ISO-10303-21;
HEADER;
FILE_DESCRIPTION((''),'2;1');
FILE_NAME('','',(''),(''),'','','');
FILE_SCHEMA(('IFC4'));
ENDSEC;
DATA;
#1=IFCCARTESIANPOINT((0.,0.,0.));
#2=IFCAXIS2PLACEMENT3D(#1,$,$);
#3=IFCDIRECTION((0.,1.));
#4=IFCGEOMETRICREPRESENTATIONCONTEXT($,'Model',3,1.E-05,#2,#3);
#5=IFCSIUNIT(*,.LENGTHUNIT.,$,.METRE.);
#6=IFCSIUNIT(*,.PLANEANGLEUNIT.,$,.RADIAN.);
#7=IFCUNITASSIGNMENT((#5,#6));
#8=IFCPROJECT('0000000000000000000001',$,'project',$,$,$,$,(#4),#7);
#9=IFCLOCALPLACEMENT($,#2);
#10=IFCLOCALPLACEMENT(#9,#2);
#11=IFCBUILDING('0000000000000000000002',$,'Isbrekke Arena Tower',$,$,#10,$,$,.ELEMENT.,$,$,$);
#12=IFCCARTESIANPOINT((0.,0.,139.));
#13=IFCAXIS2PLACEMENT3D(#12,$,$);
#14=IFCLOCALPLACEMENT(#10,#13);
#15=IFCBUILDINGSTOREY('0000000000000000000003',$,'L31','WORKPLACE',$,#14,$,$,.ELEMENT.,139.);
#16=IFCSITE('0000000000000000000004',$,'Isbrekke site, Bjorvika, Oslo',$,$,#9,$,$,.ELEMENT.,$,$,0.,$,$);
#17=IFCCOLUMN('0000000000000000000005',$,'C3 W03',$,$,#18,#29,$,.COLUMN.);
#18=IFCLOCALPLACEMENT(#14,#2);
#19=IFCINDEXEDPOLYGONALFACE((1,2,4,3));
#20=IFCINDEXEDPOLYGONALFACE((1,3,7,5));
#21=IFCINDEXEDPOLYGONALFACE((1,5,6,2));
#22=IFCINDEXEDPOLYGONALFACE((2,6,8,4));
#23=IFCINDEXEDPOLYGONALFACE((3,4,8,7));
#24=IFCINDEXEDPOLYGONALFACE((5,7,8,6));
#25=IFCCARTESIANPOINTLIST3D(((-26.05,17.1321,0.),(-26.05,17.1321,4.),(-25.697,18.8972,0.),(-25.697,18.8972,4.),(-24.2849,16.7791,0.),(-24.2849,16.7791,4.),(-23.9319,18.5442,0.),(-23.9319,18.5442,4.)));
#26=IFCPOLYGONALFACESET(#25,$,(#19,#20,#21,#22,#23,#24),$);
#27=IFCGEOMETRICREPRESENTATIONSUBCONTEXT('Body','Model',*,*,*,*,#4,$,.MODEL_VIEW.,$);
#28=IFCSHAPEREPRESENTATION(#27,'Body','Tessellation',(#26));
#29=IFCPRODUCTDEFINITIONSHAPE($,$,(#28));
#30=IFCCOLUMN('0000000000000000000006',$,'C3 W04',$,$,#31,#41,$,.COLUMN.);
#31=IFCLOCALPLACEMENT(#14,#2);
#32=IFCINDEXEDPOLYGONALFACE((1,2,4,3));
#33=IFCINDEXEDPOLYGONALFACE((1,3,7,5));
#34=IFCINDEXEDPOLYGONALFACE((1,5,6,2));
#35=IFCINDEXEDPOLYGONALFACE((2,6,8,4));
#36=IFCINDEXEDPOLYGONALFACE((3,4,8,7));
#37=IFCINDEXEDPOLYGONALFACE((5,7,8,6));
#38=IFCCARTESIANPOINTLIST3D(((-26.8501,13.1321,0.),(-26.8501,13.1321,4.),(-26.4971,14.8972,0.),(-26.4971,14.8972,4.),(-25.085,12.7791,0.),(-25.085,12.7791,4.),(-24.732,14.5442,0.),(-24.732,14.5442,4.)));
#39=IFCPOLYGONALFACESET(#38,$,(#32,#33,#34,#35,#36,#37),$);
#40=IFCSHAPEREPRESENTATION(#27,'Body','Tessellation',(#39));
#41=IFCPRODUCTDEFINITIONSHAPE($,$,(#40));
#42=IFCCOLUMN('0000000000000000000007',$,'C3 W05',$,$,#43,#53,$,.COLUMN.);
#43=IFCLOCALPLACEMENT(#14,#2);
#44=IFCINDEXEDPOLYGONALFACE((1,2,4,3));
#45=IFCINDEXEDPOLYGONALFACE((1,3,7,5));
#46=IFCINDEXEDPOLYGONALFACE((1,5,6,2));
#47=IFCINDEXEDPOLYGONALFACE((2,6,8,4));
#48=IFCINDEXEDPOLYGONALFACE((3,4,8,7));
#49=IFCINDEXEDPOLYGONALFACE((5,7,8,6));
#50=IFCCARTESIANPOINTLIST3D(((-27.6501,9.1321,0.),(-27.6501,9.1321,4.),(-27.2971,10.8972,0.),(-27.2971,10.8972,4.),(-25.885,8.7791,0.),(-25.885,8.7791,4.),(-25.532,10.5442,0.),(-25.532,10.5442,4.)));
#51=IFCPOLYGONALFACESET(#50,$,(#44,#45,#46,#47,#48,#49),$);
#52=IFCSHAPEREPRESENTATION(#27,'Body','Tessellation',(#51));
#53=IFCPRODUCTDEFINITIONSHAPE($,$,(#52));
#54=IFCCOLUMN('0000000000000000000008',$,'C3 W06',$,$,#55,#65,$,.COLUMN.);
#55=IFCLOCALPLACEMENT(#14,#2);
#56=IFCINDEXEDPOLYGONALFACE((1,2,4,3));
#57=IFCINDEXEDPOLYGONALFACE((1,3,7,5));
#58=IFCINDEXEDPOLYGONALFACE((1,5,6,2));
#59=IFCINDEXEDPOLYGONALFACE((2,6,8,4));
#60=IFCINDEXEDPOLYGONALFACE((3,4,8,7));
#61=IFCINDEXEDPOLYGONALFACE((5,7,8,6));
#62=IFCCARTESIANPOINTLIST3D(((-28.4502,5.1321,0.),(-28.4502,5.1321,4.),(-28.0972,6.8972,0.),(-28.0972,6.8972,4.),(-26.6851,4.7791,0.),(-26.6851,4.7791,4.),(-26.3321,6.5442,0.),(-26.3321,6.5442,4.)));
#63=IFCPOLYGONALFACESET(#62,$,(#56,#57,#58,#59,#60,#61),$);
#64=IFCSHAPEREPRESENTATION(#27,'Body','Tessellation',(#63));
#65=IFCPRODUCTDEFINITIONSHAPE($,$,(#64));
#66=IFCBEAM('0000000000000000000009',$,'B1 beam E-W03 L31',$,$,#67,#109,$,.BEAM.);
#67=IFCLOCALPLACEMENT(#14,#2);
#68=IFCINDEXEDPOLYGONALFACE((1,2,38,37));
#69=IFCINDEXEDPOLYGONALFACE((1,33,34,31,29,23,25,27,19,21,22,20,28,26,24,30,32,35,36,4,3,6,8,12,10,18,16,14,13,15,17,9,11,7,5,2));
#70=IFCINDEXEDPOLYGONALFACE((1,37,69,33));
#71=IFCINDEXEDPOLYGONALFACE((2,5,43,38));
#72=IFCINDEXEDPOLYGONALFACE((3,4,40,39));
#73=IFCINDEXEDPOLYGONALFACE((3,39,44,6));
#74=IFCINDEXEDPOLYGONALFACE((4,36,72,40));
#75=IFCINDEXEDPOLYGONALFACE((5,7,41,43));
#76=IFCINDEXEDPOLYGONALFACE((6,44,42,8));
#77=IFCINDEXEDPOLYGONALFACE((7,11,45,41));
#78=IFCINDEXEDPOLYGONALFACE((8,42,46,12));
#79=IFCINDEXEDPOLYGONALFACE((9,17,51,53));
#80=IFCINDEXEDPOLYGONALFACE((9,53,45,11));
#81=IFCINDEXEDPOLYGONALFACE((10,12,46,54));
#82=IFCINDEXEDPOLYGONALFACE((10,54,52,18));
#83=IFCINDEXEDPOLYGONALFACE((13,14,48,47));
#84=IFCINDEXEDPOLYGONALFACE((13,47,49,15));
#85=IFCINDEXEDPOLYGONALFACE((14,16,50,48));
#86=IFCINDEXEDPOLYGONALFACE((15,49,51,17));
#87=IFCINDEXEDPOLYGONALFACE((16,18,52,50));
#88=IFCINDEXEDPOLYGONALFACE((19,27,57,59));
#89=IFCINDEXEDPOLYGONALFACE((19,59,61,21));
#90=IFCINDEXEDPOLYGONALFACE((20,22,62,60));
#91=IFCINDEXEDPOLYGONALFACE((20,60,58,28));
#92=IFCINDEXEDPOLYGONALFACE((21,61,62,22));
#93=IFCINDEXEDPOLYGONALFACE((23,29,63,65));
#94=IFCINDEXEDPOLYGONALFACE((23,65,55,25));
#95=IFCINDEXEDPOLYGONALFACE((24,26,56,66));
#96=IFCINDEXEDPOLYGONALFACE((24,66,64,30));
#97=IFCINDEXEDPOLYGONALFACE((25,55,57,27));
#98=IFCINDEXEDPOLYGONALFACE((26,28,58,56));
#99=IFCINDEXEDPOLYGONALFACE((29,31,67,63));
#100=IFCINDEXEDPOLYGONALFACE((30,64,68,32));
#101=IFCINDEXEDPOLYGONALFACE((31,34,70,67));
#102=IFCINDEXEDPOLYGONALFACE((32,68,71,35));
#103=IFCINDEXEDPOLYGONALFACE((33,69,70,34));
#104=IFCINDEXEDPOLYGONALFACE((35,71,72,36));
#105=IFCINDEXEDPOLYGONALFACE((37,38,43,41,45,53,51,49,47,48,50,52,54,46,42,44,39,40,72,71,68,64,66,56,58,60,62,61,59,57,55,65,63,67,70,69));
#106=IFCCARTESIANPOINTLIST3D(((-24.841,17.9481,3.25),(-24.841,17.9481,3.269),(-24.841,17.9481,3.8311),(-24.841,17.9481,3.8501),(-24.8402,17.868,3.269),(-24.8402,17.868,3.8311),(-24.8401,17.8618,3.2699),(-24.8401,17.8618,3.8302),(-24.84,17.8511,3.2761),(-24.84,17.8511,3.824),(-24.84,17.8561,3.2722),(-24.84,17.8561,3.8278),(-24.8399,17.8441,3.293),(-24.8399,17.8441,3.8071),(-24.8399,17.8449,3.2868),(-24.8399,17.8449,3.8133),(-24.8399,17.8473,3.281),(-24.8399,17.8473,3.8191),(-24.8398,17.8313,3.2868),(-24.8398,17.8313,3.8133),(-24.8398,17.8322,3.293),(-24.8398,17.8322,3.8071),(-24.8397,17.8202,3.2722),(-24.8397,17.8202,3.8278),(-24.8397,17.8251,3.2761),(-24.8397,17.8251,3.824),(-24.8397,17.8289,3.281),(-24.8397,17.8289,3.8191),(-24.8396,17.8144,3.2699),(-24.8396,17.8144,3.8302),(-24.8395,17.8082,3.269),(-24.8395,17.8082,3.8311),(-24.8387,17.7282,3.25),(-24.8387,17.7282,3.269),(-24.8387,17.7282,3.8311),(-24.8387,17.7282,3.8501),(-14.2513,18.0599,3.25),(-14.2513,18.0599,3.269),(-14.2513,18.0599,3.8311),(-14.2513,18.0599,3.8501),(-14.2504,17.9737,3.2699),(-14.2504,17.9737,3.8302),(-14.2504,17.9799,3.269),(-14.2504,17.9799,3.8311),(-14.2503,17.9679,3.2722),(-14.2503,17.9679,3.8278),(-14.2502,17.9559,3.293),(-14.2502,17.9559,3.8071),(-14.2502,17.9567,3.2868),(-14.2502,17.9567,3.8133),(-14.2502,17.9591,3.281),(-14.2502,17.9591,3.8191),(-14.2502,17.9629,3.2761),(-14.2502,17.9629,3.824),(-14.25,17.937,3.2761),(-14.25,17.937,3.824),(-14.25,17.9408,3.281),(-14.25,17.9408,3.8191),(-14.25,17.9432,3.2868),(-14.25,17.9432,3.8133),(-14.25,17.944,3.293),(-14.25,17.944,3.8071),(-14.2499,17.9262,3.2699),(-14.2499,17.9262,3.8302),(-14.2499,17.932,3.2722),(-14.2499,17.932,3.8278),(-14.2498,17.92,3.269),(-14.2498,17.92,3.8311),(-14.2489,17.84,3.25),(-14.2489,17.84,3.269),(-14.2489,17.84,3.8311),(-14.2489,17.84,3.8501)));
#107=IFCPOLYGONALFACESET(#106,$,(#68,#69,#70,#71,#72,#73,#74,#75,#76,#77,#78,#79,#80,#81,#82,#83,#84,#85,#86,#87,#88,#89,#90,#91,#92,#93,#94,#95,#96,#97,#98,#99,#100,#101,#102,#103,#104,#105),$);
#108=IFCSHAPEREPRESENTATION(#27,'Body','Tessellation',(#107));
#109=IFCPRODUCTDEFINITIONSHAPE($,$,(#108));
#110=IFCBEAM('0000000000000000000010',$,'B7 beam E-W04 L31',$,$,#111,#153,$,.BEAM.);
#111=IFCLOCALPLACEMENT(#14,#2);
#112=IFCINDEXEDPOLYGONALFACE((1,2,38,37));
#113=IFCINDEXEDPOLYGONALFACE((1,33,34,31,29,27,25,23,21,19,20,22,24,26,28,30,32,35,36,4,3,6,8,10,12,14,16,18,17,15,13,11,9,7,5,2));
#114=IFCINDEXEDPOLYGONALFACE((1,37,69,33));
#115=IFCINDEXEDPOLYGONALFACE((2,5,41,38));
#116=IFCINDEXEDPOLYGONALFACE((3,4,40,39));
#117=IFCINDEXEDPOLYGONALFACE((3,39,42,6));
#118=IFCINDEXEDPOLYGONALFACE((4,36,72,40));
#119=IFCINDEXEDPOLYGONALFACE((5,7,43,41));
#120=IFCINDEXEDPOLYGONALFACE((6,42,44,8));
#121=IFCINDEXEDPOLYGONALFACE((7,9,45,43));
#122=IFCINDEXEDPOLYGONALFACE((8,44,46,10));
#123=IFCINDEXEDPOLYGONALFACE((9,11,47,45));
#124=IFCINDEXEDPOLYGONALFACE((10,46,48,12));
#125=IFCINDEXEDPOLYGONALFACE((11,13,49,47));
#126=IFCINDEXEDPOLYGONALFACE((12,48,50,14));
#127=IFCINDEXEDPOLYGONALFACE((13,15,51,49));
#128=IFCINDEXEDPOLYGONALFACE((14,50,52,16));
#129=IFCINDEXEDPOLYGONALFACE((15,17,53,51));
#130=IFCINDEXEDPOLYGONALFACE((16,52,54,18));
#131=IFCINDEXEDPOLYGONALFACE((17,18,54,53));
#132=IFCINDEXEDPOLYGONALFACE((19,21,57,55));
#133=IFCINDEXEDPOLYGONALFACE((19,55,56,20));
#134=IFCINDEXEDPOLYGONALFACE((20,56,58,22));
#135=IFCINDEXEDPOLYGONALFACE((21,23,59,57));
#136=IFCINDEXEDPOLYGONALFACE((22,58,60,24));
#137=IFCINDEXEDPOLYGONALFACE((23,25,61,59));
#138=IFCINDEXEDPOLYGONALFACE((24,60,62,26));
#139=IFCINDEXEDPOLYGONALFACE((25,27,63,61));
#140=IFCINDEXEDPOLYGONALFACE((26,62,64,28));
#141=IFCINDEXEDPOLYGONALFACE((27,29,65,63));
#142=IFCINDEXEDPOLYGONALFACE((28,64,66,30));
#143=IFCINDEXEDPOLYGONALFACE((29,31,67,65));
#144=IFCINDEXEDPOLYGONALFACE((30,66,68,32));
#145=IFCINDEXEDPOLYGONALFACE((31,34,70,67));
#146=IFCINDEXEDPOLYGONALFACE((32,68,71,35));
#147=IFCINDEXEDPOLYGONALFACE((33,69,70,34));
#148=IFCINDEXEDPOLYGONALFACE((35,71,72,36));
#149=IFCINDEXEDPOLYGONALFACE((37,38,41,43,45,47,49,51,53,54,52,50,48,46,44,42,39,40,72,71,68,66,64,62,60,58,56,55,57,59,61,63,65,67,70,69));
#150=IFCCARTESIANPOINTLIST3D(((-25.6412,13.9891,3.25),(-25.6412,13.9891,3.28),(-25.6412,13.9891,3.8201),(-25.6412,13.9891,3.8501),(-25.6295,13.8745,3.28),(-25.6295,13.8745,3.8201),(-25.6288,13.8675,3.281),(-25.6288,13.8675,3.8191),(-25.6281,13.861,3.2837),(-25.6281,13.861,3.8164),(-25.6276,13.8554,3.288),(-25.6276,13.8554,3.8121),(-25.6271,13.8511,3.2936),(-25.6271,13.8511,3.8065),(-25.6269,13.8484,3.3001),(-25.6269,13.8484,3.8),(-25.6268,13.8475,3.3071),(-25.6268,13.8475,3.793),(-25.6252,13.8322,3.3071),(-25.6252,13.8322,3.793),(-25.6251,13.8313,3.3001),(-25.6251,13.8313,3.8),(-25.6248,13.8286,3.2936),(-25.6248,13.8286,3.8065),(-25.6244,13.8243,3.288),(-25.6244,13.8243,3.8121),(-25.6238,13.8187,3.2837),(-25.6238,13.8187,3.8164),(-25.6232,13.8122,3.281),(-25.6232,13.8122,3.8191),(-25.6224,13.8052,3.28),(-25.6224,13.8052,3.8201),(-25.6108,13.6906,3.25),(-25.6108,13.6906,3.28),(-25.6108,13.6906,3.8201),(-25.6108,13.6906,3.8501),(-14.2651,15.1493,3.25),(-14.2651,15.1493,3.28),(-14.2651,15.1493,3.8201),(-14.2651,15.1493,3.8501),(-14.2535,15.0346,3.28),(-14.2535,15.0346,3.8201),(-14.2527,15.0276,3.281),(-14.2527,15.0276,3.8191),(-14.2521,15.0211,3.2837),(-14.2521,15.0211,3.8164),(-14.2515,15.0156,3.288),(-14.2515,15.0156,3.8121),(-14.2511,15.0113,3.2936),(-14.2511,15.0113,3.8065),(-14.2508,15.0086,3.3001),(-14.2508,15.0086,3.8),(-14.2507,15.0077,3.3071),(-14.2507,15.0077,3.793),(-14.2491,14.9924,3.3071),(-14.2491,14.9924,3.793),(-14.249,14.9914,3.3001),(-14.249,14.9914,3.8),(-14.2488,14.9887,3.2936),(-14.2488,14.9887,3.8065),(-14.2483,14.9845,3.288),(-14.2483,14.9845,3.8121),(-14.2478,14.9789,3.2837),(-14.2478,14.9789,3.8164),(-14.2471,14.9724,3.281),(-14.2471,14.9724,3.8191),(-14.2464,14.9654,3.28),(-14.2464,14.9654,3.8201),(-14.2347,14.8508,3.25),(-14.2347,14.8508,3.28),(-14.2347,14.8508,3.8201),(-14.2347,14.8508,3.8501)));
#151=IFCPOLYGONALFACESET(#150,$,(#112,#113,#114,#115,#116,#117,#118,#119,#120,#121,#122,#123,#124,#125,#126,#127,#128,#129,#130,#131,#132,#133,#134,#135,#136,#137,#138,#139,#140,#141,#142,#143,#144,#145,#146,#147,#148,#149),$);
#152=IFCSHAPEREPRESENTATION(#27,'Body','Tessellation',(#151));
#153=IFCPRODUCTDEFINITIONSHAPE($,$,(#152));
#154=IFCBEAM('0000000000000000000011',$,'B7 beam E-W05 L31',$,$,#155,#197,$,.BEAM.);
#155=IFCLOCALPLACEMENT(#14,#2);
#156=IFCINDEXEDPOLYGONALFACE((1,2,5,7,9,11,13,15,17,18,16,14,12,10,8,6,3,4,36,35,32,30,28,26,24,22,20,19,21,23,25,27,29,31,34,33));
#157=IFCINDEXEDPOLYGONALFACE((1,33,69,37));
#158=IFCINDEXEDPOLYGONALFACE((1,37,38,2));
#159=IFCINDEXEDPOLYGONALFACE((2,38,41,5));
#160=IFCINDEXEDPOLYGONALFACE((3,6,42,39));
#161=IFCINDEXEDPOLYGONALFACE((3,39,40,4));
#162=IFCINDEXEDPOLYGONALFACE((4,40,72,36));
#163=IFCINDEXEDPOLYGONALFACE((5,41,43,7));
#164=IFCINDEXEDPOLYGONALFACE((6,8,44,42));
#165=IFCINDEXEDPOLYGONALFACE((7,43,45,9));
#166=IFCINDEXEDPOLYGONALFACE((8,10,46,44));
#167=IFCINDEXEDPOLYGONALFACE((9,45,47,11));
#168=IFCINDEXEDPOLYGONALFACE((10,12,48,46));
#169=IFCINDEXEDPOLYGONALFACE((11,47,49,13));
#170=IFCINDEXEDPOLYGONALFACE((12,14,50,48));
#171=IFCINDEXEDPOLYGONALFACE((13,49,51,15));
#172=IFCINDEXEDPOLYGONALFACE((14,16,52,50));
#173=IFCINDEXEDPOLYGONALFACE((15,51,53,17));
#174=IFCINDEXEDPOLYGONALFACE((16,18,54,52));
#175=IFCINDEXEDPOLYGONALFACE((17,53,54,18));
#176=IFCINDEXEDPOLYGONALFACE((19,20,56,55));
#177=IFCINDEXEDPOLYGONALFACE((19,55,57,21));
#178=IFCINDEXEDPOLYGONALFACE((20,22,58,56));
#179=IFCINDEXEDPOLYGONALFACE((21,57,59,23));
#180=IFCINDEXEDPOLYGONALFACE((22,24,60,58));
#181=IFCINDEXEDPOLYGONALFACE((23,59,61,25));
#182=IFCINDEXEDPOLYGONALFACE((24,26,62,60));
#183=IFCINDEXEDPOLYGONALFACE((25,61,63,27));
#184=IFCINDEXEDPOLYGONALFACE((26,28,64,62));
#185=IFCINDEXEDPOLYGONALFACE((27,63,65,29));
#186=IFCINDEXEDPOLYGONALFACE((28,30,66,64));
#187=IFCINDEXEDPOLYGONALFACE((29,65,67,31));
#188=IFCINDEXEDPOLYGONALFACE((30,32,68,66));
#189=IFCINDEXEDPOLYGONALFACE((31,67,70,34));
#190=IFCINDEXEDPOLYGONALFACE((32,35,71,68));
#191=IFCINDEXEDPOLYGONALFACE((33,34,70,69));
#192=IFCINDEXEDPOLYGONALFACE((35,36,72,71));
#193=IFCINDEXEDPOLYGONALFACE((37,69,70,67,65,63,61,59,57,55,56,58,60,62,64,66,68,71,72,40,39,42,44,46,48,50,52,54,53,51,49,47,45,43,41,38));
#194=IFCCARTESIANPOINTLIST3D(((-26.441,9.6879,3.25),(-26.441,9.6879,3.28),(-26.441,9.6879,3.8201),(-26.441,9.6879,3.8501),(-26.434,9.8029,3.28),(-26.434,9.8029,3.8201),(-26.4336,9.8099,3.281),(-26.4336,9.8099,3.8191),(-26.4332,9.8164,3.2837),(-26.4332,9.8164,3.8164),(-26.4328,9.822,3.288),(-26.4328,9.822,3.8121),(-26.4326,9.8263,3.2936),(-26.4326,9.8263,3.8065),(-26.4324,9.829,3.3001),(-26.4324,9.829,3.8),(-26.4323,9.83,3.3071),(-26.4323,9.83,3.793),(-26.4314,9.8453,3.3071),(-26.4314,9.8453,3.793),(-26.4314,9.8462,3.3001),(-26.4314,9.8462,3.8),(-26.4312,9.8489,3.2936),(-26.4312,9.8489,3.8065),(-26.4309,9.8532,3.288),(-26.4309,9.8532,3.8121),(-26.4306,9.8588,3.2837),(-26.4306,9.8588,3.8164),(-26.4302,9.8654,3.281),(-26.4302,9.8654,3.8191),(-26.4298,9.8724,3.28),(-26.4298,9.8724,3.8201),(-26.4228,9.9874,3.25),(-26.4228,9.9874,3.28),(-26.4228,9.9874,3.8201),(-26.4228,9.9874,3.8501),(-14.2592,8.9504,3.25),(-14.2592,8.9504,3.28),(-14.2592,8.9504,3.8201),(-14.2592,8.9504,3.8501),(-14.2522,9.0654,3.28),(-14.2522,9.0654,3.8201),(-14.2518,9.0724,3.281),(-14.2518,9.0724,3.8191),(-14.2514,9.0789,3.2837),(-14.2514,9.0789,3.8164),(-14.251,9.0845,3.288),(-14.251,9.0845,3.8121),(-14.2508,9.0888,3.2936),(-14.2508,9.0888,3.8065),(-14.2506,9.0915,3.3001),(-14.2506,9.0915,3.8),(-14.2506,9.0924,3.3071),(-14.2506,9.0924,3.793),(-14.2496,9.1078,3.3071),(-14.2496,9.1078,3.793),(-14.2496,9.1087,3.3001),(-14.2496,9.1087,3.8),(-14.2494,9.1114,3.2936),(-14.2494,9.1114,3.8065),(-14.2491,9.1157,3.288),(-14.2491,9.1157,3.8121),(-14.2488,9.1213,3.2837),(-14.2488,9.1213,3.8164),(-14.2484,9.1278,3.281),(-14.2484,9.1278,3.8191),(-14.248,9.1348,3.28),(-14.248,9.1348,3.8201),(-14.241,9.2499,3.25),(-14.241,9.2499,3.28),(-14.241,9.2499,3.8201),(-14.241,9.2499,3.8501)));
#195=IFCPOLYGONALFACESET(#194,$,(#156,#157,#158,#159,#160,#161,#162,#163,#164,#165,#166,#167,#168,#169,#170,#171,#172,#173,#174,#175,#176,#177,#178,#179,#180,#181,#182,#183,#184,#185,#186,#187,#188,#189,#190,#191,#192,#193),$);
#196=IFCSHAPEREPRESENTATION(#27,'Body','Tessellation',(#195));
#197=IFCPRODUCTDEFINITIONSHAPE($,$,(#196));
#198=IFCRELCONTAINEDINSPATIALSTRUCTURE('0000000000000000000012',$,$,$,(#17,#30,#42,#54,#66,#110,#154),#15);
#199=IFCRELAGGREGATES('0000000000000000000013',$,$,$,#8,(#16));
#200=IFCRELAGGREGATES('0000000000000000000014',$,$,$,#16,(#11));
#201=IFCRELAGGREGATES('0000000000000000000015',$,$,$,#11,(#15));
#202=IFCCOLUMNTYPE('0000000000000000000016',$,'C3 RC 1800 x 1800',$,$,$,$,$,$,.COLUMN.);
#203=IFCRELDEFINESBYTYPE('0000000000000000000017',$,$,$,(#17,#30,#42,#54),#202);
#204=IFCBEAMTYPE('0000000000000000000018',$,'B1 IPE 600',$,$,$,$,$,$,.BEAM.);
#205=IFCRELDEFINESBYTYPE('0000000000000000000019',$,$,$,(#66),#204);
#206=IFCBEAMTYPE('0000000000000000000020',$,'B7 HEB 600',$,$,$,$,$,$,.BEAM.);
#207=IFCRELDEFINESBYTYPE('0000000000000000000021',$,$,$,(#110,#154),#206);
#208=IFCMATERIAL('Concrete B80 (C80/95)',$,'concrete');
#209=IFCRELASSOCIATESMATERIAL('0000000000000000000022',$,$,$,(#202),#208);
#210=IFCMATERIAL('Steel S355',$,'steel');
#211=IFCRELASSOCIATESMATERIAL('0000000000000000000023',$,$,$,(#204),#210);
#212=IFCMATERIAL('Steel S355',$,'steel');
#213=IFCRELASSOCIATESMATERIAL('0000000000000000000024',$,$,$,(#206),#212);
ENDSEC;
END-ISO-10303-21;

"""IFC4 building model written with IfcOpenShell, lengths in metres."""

from ifc_helpers import new_model, si_unit, direction, frame, origin, origin_2d, place, context, subcontext, project, spatial, rectangle, i_section, extrude, material, material_profile, profile_set, type_object, element, save


model = new_model("IFC4")

# Units and contexts
model_context = context("Model", 3, precision=1e-05, world=origin(), true_north=direction((0.0, 1.0)))
body_context = subcontext(model_context, "Body", "Model", "MODEL_VIEW")
ifc_project = project(units=[si_unit("LENGTHUNIT", "METRE"), si_unit("PLANEANGLEUNIT", "RADIAN")], contexts=[model_context])

# Site, building, storey
site_placement = place(None, origin())
site = spatial("IfcSite", under=ifc_project, at=site_placement, Name="Isbrekke site, Bjorvika, Oslo", CompositionType="ELEMENT", RefElevation=0.0)
building_placement = place(site_placement, origin())
building = spatial("IfcBuilding", under=site, at=building_placement, Name="Isbrekke Arena Tower", CompositionType="ELEMENT")
storey_placement = place(building_placement, frame((0.0, 0.0, 139.0)))
storey = spatial("IfcBuildingStorey", under=building, at=storey_placement, Name="L31", Description="WORKPLACE", CompositionType="ELEMENT", Elevation=139.0)

# Columns
ifc_material_1 = material(Name="Concrete B80 (C80/95)", Category="concrete")
ifc_material_profile_1 = material_profile(ifc_material_1, rectangle(XDim=1.8, YDim=1.8, at=origin_2d()), Name="RC 1800x1800")
ifc_profile_set_1 = profile_set([ifc_material_profile_1], Name="Concrete B80 (C80/95)")
column_type = type_object("IfcColumnType", Name="C3 RC 1800 x 1800", PredefinedType="COLUMN", material=ifc_profile_set_1)
for number, where, z_axis, x_axis, name in (
    (1, (-24.991, 17.8381, 0.0), (0.0, 0.0, 1.0), (-0.196116, -0.980581, 0.0), "C3 W03"),
    (2, (-25.791, 13.8381, 0.0), (0.0, 0.0, 1.0), (-0.196116, -0.980581, 0.0), "C3 W04"),
    (3, (-26.5911, 9.8381, 0.0), (0.0, 0.0, 1.0), (-0.196116, -0.980581, 0.0), "C3 W05"),
    (4, (-27.3911, 5.8381, 0.0), (0.0, 0.0, 1.0), (-0.196116, -0.980581, 0.0), "C3 W06"),
):
    element("IfcColumn", number, at=place(storey_placement, frame(where, z_axis=z_axis, x_axis=x_axis)), inside=storey, type_object=column_type, Name=name, PredefinedType="COLUMN", context=body_context, shape_type="SweptSolid", body=[
        extrude(rectangle(XDim=1.8, YDim=1.8, at=origin_2d()), origin(), (0.0, 0.0, 1.0), 4.0),
    ])

# Beams
ifc_material_2 = material(Name="Steel S355", Category="steel")
ifc_material_profile_2 = material_profile(ifc_material_2, i_section(OverallWidth=0.22, OverallDepth=0.6001, WebThickness=0.012, FlangeThickness=0.019, FilletRadius=0.0239, at=origin_2d()), Name="IPE 600")
ifc_profile_set_2 = profile_set([ifc_material_profile_2], Name="Steel S355")
beam_type_1 = type_object("IfcBeamType", Name="B1 IPE 600", PredefinedType="BEAM", material=ifc_profile_set_2)
beam_1_placement = place(storey_placement, frame((-24.8398, 17.8381, 3.55), z_axis=(0.999944, 0.010558, 0.0), x_axis=(-0.010558, 0.999944, 0.0)))
element("IfcBeam", 5, at=beam_1_placement, inside=storey, type_object=beam_type_1, Name="B1 beam E-W03 L31", PredefinedType="BEAM", context=body_context, shape_type="SweptSolid", body=[
    extrude(i_section(OverallWidth=0.22, OverallDepth=0.6001, WebThickness=0.012, FlangeThickness=0.019, FilletRadius=0.0239, at=origin_2d()), origin(), (0.0, 0.0, 1.0), 10.5903),
])
ifc_material_3 = material(Name="Steel S355", Category="steel")
ifc_material_profile_3 = material_profile(ifc_material_3, i_section(OverallWidth=0.3, OverallDepth=0.6001, WebThickness=0.0154, FlangeThickness=0.03, FilletRadius=0.0271, at=origin_2d()), Name="HEB 600")
ifc_profile_set_3 = profile_set([ifc_material_profile_3], Name="Steel S355")
beam_type_2 = type_object("IfcBeamType", Name="B7 HEB 600", PredefinedType="BEAM", material=ifc_profile_set_3)
beam_2_placement = place(storey_placement, frame((-25.626, 13.8398, 3.55), z_axis=(0.99484, 0.101457, 0.0), x_axis=(-0.101457, 0.99484, 0.0)))
element("IfcBeam", 6, at=beam_2_placement, inside=storey, type_object=beam_type_2, Name="B7 beam E-W04 L31", PredefinedType="BEAM", context=body_context, shape_type="SweptSolid", body=[
    extrude(i_section(OverallWidth=0.3, OverallDepth=0.6001, WebThickness=0.0154, FlangeThickness=0.03, FilletRadius=0.0271, at=origin_2d()), origin(), (0.0, 0.0, 1.0), 11.4351),
])
beam_3_placement = place(storey_placement, frame((-26.4319, 9.8376, 3.55), z_axis=(0.998172, -0.060434, 0.0), x_axis=(0.060434, 0.998172, 0.0)))
element("IfcBeam", 7, at=beam_3_placement, inside=storey, type_object=beam_type_2, Name="B7 beam E-W05 L31", PredefinedType="BEAM", context=body_context, shape_type="SweptSolid", body=[
    extrude(i_section(OverallWidth=0.3, OverallDepth=0.6001, WebThickness=0.0154, FlangeThickness=0.03, FilletRadius=0.0271, at=origin_2d()), origin(), (0.0, 0.0, 1.0), 12.2041),
])

save(model, "model.ifc")
